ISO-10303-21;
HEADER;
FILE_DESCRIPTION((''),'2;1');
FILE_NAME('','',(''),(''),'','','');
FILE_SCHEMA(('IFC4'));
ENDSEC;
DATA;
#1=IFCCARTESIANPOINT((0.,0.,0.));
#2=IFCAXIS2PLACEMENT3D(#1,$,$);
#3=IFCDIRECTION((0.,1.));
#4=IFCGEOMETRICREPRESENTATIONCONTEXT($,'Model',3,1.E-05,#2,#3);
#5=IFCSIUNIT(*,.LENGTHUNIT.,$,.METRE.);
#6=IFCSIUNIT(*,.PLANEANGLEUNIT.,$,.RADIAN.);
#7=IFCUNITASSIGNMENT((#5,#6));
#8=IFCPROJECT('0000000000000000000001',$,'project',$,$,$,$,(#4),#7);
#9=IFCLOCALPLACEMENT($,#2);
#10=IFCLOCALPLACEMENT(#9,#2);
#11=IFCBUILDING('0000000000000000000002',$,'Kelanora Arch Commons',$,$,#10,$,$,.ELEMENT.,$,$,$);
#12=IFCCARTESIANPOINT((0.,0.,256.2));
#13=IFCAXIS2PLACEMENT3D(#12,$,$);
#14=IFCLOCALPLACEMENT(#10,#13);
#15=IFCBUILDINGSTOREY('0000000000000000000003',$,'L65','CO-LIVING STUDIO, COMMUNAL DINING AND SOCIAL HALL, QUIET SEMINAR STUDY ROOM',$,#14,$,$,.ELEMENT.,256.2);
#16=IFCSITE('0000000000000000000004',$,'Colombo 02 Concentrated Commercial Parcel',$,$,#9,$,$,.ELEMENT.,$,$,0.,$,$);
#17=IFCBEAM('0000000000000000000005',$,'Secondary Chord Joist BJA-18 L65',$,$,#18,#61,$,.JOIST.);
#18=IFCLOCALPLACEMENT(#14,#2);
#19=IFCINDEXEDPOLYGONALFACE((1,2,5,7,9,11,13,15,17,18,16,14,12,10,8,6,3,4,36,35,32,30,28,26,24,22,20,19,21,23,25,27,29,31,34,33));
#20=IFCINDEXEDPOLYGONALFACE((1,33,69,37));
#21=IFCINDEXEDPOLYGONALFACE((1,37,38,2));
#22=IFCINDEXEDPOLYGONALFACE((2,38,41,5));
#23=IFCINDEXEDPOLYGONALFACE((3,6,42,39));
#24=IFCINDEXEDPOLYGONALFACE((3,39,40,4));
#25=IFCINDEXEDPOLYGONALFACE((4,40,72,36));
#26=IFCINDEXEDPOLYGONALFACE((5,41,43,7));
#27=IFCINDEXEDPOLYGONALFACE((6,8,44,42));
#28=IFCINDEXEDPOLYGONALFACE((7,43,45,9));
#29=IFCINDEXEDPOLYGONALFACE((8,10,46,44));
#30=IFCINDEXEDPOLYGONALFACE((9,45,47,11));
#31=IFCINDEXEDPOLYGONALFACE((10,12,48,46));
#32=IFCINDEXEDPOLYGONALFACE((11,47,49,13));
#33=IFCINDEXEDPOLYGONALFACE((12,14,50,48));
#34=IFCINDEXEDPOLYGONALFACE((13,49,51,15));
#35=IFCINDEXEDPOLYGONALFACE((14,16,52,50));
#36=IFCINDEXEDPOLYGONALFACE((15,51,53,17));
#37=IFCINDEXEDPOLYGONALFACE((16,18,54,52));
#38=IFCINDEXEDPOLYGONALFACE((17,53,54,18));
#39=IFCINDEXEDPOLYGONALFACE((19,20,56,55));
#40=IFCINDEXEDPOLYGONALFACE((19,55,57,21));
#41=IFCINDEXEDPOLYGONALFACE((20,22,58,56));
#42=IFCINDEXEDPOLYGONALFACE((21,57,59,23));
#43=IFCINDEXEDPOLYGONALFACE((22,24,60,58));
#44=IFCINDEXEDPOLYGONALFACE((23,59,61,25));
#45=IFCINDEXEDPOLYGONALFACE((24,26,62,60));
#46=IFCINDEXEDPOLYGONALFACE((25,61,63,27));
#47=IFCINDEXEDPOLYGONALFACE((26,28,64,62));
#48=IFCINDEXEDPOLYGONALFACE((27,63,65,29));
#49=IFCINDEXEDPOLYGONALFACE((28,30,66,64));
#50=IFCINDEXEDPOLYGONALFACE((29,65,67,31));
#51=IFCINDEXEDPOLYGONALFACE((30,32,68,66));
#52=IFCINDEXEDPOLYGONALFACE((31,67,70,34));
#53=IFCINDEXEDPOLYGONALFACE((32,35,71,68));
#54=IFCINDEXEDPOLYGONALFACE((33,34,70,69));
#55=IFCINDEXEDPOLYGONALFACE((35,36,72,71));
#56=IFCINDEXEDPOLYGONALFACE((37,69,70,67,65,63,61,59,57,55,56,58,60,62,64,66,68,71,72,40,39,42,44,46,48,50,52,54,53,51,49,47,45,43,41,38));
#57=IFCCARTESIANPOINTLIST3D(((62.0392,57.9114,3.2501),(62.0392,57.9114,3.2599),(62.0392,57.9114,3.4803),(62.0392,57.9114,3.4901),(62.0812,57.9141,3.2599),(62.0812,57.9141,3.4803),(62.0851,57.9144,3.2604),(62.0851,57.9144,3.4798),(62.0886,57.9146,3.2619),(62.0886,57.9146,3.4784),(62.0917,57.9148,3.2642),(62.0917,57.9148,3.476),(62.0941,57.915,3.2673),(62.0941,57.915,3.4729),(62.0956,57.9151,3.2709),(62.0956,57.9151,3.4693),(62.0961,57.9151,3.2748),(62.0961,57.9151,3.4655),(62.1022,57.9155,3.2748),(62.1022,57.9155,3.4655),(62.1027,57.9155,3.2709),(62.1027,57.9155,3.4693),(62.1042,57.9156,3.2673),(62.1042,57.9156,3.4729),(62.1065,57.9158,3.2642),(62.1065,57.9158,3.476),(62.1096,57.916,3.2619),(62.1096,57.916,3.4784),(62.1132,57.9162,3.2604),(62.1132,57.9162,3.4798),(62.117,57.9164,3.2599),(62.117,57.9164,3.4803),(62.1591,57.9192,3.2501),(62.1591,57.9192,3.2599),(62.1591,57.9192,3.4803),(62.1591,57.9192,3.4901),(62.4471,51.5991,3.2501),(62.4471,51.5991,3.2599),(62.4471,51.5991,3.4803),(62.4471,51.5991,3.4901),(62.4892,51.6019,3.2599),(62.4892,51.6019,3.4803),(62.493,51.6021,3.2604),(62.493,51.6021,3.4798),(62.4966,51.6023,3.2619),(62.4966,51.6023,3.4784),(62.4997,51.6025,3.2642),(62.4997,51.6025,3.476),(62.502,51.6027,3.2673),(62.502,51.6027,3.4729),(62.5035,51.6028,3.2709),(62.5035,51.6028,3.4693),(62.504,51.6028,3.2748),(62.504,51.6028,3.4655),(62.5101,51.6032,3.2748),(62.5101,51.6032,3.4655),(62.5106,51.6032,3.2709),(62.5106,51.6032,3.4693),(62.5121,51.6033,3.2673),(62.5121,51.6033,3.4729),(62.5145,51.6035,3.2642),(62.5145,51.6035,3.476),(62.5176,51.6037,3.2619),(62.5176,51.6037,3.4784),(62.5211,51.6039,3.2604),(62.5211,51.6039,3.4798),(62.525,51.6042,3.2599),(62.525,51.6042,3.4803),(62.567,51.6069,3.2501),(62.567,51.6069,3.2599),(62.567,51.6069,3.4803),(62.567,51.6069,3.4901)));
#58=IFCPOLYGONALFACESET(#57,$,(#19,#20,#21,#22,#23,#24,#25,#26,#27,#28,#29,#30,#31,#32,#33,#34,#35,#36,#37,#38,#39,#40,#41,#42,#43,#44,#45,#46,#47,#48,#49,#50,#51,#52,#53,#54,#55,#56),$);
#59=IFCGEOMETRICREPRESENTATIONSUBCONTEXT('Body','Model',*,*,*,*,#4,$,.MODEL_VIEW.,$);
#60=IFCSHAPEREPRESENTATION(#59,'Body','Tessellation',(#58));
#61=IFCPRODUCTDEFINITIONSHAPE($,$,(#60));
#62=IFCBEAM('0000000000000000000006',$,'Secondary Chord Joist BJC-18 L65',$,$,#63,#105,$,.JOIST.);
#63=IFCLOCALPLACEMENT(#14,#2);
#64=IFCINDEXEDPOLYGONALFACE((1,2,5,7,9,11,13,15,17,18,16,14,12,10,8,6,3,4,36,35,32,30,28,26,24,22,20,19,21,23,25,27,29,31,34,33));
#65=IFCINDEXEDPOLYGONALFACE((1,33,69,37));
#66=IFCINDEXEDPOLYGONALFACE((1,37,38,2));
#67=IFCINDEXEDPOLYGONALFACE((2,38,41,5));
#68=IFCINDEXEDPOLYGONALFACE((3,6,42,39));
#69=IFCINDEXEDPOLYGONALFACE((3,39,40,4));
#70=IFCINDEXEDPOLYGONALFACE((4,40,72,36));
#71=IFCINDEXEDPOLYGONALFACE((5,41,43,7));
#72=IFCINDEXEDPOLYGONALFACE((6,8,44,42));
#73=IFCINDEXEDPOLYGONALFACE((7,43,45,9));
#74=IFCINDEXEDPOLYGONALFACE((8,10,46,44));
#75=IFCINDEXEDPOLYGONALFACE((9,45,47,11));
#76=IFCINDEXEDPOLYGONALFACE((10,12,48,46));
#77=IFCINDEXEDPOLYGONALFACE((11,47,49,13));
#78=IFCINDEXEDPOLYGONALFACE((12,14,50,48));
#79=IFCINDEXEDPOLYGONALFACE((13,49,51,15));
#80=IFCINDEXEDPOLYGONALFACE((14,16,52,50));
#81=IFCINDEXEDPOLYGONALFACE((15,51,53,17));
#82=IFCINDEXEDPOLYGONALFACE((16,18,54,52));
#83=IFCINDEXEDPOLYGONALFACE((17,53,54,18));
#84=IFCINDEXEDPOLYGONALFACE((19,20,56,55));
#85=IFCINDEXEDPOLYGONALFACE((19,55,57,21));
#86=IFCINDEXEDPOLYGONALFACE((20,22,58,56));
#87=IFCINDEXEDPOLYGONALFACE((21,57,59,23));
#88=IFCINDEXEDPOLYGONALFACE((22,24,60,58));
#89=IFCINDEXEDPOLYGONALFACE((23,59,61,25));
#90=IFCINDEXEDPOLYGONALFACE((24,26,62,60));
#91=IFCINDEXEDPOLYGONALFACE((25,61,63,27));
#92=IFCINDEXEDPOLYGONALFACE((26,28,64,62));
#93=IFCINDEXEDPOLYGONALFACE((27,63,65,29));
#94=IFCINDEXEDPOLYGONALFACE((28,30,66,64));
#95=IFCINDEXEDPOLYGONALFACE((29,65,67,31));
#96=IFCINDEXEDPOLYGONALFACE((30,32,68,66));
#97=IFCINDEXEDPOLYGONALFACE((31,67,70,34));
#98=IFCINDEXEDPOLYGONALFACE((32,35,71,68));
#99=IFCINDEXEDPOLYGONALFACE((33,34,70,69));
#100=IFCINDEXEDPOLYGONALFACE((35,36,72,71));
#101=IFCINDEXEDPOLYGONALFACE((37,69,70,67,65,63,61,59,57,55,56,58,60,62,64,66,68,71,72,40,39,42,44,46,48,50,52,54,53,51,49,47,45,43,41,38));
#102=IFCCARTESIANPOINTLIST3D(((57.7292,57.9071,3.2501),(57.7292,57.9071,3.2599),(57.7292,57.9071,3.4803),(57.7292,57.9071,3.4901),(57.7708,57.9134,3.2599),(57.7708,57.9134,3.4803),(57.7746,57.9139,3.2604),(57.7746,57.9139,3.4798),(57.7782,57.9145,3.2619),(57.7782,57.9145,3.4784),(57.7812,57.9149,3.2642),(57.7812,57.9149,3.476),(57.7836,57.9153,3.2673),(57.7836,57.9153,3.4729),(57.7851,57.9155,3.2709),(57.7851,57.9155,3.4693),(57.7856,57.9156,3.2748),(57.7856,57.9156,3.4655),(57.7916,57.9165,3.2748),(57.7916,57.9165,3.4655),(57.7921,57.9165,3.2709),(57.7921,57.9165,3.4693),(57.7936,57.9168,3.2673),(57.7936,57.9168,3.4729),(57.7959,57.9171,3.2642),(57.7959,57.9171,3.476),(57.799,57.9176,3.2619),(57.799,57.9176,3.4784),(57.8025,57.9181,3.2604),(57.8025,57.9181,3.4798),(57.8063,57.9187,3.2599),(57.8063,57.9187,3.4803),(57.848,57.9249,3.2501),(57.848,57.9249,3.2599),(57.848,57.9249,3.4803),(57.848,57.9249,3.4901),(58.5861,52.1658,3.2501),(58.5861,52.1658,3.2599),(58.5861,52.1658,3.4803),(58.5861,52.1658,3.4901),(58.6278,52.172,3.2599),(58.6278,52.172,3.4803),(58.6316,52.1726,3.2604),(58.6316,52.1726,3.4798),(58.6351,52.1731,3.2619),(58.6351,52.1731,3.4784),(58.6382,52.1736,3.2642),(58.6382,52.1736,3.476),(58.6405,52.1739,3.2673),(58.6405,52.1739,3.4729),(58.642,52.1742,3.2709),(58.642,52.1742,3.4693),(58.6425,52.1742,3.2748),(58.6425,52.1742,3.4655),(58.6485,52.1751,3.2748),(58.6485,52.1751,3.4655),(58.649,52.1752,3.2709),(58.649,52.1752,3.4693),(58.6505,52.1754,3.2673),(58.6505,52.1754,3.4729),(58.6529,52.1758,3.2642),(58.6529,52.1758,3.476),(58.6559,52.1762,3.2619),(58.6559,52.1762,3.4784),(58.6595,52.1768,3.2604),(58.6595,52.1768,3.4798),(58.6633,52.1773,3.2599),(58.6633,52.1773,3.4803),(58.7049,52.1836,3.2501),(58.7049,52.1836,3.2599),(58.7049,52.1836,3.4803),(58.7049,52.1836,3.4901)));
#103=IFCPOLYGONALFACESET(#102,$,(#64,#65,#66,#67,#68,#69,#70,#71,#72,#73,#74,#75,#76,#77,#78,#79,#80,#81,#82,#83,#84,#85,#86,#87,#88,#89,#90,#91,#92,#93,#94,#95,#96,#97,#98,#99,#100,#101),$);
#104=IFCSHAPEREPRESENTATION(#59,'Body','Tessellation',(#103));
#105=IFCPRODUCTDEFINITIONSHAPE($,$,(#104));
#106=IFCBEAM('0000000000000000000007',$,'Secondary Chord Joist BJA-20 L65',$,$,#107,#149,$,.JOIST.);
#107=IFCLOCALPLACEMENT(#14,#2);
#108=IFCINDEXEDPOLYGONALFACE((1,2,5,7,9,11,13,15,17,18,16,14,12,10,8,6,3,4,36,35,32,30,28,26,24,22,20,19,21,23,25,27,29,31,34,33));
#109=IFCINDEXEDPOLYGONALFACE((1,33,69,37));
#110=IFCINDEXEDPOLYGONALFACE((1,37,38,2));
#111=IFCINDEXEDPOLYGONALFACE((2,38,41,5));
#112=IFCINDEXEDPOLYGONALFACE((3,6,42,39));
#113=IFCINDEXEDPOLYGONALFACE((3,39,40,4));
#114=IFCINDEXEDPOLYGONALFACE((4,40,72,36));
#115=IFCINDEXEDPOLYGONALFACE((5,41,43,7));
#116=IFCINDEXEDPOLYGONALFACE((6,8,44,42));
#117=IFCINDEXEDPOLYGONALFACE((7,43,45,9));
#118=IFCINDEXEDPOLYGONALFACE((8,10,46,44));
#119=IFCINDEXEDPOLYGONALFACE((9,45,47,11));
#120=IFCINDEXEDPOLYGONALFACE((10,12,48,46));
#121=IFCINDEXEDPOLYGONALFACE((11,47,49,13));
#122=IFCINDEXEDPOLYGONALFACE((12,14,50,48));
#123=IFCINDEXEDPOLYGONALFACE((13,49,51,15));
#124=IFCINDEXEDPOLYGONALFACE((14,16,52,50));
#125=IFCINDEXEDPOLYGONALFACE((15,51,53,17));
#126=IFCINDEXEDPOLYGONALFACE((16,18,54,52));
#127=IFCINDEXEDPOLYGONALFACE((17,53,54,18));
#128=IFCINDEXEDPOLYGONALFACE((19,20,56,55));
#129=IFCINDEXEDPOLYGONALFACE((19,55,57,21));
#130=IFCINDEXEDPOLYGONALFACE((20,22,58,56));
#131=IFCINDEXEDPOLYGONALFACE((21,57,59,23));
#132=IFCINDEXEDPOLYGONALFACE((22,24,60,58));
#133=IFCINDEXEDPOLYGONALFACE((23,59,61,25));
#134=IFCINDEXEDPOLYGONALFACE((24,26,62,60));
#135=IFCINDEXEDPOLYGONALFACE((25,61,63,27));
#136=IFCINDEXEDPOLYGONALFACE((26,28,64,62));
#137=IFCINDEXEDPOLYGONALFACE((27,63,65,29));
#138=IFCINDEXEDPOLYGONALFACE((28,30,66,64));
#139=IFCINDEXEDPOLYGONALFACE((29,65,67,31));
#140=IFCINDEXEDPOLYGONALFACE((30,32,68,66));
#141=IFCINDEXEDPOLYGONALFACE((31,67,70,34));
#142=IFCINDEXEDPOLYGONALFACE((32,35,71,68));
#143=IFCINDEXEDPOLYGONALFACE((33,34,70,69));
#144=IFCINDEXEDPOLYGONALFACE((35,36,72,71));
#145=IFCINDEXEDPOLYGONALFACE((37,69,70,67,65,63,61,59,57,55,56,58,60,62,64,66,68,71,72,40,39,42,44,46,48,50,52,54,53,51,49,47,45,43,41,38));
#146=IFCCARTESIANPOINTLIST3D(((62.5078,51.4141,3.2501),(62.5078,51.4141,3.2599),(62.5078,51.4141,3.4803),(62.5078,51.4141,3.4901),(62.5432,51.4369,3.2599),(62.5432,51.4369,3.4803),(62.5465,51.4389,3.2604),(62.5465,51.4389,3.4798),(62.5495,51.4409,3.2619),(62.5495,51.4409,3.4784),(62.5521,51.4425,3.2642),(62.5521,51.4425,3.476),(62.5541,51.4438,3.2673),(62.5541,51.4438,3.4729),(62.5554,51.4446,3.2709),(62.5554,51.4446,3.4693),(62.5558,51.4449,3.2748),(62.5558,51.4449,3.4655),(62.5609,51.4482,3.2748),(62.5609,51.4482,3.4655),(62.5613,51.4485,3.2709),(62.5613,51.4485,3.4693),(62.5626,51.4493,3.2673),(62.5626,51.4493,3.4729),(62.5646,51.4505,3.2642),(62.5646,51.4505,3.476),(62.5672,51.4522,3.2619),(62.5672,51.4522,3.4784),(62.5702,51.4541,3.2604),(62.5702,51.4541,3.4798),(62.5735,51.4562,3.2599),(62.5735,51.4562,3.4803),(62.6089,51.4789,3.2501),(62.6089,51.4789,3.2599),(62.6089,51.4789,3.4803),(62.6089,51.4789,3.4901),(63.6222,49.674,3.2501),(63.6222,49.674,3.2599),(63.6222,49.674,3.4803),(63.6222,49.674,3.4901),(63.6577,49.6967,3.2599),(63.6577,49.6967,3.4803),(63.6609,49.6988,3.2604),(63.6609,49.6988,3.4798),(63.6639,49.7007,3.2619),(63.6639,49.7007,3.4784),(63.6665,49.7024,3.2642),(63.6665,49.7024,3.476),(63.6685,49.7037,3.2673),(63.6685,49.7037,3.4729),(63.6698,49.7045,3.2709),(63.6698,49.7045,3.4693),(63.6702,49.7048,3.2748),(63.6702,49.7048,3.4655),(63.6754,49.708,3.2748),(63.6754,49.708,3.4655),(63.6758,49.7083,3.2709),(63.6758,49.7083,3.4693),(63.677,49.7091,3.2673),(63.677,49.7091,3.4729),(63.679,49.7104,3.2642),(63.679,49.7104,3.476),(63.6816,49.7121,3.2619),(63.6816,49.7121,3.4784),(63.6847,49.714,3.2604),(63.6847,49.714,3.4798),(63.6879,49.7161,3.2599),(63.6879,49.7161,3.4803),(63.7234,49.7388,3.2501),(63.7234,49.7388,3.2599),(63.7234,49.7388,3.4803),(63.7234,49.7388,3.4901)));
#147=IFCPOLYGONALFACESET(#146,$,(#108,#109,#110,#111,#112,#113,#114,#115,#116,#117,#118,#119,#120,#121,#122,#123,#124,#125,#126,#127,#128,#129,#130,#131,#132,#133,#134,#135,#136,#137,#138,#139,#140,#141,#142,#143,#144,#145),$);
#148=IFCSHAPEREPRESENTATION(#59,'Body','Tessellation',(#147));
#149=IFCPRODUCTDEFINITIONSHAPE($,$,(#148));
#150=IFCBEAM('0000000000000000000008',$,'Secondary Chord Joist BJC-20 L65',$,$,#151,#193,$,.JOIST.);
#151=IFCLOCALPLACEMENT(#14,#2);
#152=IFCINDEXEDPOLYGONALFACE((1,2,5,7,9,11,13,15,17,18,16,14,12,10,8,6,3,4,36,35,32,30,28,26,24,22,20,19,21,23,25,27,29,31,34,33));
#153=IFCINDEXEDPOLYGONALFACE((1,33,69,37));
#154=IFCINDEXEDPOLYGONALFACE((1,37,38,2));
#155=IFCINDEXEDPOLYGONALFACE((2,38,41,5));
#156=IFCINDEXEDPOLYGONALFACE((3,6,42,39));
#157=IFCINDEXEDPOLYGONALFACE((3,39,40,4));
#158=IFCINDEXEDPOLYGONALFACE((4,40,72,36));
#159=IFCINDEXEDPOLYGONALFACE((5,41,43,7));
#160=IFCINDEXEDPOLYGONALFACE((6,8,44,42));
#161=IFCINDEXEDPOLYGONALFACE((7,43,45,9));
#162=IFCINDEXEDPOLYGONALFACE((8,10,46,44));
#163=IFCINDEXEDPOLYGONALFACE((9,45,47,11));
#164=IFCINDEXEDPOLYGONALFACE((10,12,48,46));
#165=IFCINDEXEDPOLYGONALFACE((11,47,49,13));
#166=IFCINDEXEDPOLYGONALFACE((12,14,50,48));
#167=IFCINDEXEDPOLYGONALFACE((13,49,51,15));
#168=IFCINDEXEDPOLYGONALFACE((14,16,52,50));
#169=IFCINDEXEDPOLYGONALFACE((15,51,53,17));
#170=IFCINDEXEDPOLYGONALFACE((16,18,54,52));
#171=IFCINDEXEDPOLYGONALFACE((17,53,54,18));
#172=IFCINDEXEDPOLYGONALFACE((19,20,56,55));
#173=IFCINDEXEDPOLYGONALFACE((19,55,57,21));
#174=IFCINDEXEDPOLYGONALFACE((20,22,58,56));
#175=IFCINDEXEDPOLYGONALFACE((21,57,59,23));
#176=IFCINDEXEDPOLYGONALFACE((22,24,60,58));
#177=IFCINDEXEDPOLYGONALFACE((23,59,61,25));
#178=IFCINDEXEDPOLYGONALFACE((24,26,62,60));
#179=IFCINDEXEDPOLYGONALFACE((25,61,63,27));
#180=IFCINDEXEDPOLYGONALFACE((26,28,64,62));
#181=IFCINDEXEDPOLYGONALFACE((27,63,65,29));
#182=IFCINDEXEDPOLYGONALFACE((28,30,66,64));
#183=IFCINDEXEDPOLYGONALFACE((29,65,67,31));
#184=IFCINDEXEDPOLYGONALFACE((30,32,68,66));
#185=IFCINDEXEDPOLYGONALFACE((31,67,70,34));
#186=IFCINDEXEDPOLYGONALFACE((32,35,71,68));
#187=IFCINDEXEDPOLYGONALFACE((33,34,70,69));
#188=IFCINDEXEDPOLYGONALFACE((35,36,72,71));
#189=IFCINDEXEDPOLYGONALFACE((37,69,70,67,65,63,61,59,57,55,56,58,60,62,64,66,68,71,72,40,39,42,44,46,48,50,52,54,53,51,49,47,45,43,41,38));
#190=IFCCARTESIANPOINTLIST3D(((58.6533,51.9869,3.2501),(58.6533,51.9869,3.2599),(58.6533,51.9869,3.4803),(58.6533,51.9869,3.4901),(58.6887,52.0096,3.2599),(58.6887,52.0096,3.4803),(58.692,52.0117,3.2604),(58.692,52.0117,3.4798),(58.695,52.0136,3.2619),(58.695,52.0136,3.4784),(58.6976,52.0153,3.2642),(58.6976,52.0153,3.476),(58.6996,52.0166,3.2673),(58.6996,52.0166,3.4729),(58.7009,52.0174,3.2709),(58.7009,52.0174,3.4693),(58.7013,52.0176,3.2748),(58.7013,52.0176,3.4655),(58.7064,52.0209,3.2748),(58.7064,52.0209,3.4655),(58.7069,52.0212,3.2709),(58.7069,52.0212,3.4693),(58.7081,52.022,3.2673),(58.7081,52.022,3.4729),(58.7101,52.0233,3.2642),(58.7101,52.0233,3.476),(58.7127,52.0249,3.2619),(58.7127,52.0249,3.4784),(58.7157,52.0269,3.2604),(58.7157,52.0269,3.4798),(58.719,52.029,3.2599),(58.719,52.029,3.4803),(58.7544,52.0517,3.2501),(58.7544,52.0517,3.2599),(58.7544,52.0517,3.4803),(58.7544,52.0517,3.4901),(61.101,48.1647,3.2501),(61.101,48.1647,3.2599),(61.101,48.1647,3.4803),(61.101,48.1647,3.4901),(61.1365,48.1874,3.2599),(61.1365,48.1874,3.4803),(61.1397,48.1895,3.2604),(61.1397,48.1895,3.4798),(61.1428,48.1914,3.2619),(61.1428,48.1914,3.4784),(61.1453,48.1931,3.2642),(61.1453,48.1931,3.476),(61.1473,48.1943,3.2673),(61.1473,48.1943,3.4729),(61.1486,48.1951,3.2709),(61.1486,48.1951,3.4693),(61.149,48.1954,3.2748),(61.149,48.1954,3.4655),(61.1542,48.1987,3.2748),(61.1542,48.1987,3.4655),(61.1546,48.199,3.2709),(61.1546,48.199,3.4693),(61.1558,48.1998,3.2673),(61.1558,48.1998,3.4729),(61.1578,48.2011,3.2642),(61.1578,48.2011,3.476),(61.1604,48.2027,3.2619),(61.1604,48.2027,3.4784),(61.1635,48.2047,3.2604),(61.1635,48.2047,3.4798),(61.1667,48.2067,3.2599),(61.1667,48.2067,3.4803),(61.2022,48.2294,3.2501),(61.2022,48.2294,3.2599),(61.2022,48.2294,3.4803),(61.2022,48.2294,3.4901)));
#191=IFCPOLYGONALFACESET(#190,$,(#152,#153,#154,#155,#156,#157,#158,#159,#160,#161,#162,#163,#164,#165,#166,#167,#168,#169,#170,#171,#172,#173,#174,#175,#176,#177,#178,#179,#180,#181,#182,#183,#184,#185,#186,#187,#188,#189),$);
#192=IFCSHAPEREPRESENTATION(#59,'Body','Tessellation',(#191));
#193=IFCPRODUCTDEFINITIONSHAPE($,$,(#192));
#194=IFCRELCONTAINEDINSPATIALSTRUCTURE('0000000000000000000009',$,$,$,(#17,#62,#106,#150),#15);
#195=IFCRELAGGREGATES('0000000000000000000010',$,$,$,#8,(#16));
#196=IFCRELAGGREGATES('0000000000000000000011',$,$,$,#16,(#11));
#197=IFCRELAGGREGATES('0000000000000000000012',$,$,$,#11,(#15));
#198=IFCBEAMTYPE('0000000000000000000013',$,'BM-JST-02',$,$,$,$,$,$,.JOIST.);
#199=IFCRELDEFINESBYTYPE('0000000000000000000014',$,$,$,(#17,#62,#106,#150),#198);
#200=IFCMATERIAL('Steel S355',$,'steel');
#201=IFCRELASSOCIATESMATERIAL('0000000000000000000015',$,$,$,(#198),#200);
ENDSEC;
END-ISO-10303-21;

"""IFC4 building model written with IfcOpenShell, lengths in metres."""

from ifc_helpers import new_model, si_unit, direction, frame, origin, origin_2d, place, context, subcontext, project, spatial, i_section, extrude, material, material_profile, profile_set, type_object, element, save


model = new_model("IFC4")

# Units and contexts
model_context = context("Model", 3, precision=1e-05, world=origin(), true_north=direction((0.0, 1.0)))
body_context = subcontext(model_context, "Body", "Model", "MODEL_VIEW")
ifc_project = project(units=[si_unit("LENGTHUNIT", "METRE"), si_unit("PLANEANGLEUNIT", "RADIAN")], contexts=[model_context])

# Site, building, storey
site_placement = place(None, origin())
site = spatial("IfcSite", under=ifc_project, at=site_placement, Name="Colombo 02 Concentrated Commercial Parcel", CompositionType="ELEMENT", RefElevation=0.0)
building_placement = place(site_placement, origin())
building = spatial("IfcBuilding", under=site, at=building_placement, Name="Kelanora Arch Commons", CompositionType="ELEMENT")
storey_placement = place(building_placement, frame((0.0, 0.0, 256.2)))
storey = spatial("IfcBuildingStorey", under=building, at=storey_placement, Name="L65", Description="CO-LIVING STUDIO, COMMUNAL DINING AND SOCIAL HALL, QUIET SEMINAR STUDY ROOM", CompositionType="ELEMENT", Elevation=256.2)

# Beams
ifc_material_1 = material(Name="Steel S355", Category="steel")
ifc_material_profile_1 = material_profile(ifc_material_1, i_section(OverallWidth=0.1201, OverallDepth=0.24, WebThickness=0.0061, FlangeThickness=0.0098, FilletRadius=0.0149, at=origin_2d()), Name="IPE240")
ifc_profile_set_1 = profile_set([ifc_material_profile_1], Name="Steel S355")
beam_type_1 = type_object("IfcBeamType", Name="BM-JST-02", PredefinedType="JOIST", material=ifc_profile_set_1)
beam_1_placement = place(storey_placement, frame((62.0991, 57.9153, 3.3701), z_axis=(0.064495, -0.997918, 0.0), x_axis=(0.997918, 0.064495, 0.0)))
element("IfcBeam", 1, at=beam_1_placement, inside=storey, type_object=beam_type_1, Name="Secondary Chord Joist BJA-18 L65", PredefinedType="JOIST", context=body_context, shape_type="SweptSolid", body=[
    extrude(i_section(OverallWidth=0.1201, OverallDepth=0.24, WebThickness=0.0061, FlangeThickness=0.0098, FilletRadius=0.0149, at=origin_2d()), origin(), (0.0, 0.0, 1.0), 6.3254),
])
beam_2_placement = place(storey_placement, frame((57.7886, 57.916, 3.3701), z_axis=(0.147625, -0.989043, 0.0), x_axis=(0.989043, 0.147625, 0.0)))
element("IfcBeam", 2, at=beam_2_placement, inside=storey, type_object=beam_type_1, Name="Secondary Chord Joist BJC-18 L65", PredefinedType="JOIST", context=body_context, shape_type="SweptSolid", body=[
    extrude(i_section(OverallWidth=0.1201, OverallDepth=0.24, WebThickness=0.0061, FlangeThickness=0.0098, FilletRadius=0.0149, at=origin_2d()), origin(), (0.0, 0.0, 1.0), 5.8049),
])
beam_3_placement = place(storey_placement, frame((62.5583, 51.4465, 3.3701), z_axis=(0.539312, -0.842106, 0.0), x_axis=(0.842106, 0.539312, 0.0)))
element("IfcBeam", 3, at=beam_3_placement, inside=storey, type_object=beam_type_1, Name="Secondary Chord Joist BJA-20 L65", PredefinedType="JOIST", context=body_context, shape_type="SweptSolid", body=[
    extrude(i_section(OverallWidth=0.1201, OverallDepth=0.24, WebThickness=0.0061, FlangeThickness=0.0098, FilletRadius=0.0149, at=origin_2d()), origin(), (0.0, 0.0, 1.0), 2.0664),
])
beam_4_placement = place(storey_placement, frame((58.7039, 52.0193, 3.3701), z_axis=(0.539289, -0.842121, 0.0), x_axis=(0.842121, 0.539289, 0.0)))
element("IfcBeam", 4, at=beam_4_placement, inside=storey, type_object=beam_type_1, Name="Secondary Chord Joist BJC-20 L65", PredefinedType="JOIST", context=body_context, shape_type="SweptSolid", body=[
    extrude(i_section(OverallWidth=0.1201, OverallDepth=0.24, WebThickness=0.0061, FlangeThickness=0.0098, FilletRadius=0.0149, at=origin_2d()), origin(), (0.0, 0.0, 1.0), 4.5388),
])

save(model, "model.ifc")
